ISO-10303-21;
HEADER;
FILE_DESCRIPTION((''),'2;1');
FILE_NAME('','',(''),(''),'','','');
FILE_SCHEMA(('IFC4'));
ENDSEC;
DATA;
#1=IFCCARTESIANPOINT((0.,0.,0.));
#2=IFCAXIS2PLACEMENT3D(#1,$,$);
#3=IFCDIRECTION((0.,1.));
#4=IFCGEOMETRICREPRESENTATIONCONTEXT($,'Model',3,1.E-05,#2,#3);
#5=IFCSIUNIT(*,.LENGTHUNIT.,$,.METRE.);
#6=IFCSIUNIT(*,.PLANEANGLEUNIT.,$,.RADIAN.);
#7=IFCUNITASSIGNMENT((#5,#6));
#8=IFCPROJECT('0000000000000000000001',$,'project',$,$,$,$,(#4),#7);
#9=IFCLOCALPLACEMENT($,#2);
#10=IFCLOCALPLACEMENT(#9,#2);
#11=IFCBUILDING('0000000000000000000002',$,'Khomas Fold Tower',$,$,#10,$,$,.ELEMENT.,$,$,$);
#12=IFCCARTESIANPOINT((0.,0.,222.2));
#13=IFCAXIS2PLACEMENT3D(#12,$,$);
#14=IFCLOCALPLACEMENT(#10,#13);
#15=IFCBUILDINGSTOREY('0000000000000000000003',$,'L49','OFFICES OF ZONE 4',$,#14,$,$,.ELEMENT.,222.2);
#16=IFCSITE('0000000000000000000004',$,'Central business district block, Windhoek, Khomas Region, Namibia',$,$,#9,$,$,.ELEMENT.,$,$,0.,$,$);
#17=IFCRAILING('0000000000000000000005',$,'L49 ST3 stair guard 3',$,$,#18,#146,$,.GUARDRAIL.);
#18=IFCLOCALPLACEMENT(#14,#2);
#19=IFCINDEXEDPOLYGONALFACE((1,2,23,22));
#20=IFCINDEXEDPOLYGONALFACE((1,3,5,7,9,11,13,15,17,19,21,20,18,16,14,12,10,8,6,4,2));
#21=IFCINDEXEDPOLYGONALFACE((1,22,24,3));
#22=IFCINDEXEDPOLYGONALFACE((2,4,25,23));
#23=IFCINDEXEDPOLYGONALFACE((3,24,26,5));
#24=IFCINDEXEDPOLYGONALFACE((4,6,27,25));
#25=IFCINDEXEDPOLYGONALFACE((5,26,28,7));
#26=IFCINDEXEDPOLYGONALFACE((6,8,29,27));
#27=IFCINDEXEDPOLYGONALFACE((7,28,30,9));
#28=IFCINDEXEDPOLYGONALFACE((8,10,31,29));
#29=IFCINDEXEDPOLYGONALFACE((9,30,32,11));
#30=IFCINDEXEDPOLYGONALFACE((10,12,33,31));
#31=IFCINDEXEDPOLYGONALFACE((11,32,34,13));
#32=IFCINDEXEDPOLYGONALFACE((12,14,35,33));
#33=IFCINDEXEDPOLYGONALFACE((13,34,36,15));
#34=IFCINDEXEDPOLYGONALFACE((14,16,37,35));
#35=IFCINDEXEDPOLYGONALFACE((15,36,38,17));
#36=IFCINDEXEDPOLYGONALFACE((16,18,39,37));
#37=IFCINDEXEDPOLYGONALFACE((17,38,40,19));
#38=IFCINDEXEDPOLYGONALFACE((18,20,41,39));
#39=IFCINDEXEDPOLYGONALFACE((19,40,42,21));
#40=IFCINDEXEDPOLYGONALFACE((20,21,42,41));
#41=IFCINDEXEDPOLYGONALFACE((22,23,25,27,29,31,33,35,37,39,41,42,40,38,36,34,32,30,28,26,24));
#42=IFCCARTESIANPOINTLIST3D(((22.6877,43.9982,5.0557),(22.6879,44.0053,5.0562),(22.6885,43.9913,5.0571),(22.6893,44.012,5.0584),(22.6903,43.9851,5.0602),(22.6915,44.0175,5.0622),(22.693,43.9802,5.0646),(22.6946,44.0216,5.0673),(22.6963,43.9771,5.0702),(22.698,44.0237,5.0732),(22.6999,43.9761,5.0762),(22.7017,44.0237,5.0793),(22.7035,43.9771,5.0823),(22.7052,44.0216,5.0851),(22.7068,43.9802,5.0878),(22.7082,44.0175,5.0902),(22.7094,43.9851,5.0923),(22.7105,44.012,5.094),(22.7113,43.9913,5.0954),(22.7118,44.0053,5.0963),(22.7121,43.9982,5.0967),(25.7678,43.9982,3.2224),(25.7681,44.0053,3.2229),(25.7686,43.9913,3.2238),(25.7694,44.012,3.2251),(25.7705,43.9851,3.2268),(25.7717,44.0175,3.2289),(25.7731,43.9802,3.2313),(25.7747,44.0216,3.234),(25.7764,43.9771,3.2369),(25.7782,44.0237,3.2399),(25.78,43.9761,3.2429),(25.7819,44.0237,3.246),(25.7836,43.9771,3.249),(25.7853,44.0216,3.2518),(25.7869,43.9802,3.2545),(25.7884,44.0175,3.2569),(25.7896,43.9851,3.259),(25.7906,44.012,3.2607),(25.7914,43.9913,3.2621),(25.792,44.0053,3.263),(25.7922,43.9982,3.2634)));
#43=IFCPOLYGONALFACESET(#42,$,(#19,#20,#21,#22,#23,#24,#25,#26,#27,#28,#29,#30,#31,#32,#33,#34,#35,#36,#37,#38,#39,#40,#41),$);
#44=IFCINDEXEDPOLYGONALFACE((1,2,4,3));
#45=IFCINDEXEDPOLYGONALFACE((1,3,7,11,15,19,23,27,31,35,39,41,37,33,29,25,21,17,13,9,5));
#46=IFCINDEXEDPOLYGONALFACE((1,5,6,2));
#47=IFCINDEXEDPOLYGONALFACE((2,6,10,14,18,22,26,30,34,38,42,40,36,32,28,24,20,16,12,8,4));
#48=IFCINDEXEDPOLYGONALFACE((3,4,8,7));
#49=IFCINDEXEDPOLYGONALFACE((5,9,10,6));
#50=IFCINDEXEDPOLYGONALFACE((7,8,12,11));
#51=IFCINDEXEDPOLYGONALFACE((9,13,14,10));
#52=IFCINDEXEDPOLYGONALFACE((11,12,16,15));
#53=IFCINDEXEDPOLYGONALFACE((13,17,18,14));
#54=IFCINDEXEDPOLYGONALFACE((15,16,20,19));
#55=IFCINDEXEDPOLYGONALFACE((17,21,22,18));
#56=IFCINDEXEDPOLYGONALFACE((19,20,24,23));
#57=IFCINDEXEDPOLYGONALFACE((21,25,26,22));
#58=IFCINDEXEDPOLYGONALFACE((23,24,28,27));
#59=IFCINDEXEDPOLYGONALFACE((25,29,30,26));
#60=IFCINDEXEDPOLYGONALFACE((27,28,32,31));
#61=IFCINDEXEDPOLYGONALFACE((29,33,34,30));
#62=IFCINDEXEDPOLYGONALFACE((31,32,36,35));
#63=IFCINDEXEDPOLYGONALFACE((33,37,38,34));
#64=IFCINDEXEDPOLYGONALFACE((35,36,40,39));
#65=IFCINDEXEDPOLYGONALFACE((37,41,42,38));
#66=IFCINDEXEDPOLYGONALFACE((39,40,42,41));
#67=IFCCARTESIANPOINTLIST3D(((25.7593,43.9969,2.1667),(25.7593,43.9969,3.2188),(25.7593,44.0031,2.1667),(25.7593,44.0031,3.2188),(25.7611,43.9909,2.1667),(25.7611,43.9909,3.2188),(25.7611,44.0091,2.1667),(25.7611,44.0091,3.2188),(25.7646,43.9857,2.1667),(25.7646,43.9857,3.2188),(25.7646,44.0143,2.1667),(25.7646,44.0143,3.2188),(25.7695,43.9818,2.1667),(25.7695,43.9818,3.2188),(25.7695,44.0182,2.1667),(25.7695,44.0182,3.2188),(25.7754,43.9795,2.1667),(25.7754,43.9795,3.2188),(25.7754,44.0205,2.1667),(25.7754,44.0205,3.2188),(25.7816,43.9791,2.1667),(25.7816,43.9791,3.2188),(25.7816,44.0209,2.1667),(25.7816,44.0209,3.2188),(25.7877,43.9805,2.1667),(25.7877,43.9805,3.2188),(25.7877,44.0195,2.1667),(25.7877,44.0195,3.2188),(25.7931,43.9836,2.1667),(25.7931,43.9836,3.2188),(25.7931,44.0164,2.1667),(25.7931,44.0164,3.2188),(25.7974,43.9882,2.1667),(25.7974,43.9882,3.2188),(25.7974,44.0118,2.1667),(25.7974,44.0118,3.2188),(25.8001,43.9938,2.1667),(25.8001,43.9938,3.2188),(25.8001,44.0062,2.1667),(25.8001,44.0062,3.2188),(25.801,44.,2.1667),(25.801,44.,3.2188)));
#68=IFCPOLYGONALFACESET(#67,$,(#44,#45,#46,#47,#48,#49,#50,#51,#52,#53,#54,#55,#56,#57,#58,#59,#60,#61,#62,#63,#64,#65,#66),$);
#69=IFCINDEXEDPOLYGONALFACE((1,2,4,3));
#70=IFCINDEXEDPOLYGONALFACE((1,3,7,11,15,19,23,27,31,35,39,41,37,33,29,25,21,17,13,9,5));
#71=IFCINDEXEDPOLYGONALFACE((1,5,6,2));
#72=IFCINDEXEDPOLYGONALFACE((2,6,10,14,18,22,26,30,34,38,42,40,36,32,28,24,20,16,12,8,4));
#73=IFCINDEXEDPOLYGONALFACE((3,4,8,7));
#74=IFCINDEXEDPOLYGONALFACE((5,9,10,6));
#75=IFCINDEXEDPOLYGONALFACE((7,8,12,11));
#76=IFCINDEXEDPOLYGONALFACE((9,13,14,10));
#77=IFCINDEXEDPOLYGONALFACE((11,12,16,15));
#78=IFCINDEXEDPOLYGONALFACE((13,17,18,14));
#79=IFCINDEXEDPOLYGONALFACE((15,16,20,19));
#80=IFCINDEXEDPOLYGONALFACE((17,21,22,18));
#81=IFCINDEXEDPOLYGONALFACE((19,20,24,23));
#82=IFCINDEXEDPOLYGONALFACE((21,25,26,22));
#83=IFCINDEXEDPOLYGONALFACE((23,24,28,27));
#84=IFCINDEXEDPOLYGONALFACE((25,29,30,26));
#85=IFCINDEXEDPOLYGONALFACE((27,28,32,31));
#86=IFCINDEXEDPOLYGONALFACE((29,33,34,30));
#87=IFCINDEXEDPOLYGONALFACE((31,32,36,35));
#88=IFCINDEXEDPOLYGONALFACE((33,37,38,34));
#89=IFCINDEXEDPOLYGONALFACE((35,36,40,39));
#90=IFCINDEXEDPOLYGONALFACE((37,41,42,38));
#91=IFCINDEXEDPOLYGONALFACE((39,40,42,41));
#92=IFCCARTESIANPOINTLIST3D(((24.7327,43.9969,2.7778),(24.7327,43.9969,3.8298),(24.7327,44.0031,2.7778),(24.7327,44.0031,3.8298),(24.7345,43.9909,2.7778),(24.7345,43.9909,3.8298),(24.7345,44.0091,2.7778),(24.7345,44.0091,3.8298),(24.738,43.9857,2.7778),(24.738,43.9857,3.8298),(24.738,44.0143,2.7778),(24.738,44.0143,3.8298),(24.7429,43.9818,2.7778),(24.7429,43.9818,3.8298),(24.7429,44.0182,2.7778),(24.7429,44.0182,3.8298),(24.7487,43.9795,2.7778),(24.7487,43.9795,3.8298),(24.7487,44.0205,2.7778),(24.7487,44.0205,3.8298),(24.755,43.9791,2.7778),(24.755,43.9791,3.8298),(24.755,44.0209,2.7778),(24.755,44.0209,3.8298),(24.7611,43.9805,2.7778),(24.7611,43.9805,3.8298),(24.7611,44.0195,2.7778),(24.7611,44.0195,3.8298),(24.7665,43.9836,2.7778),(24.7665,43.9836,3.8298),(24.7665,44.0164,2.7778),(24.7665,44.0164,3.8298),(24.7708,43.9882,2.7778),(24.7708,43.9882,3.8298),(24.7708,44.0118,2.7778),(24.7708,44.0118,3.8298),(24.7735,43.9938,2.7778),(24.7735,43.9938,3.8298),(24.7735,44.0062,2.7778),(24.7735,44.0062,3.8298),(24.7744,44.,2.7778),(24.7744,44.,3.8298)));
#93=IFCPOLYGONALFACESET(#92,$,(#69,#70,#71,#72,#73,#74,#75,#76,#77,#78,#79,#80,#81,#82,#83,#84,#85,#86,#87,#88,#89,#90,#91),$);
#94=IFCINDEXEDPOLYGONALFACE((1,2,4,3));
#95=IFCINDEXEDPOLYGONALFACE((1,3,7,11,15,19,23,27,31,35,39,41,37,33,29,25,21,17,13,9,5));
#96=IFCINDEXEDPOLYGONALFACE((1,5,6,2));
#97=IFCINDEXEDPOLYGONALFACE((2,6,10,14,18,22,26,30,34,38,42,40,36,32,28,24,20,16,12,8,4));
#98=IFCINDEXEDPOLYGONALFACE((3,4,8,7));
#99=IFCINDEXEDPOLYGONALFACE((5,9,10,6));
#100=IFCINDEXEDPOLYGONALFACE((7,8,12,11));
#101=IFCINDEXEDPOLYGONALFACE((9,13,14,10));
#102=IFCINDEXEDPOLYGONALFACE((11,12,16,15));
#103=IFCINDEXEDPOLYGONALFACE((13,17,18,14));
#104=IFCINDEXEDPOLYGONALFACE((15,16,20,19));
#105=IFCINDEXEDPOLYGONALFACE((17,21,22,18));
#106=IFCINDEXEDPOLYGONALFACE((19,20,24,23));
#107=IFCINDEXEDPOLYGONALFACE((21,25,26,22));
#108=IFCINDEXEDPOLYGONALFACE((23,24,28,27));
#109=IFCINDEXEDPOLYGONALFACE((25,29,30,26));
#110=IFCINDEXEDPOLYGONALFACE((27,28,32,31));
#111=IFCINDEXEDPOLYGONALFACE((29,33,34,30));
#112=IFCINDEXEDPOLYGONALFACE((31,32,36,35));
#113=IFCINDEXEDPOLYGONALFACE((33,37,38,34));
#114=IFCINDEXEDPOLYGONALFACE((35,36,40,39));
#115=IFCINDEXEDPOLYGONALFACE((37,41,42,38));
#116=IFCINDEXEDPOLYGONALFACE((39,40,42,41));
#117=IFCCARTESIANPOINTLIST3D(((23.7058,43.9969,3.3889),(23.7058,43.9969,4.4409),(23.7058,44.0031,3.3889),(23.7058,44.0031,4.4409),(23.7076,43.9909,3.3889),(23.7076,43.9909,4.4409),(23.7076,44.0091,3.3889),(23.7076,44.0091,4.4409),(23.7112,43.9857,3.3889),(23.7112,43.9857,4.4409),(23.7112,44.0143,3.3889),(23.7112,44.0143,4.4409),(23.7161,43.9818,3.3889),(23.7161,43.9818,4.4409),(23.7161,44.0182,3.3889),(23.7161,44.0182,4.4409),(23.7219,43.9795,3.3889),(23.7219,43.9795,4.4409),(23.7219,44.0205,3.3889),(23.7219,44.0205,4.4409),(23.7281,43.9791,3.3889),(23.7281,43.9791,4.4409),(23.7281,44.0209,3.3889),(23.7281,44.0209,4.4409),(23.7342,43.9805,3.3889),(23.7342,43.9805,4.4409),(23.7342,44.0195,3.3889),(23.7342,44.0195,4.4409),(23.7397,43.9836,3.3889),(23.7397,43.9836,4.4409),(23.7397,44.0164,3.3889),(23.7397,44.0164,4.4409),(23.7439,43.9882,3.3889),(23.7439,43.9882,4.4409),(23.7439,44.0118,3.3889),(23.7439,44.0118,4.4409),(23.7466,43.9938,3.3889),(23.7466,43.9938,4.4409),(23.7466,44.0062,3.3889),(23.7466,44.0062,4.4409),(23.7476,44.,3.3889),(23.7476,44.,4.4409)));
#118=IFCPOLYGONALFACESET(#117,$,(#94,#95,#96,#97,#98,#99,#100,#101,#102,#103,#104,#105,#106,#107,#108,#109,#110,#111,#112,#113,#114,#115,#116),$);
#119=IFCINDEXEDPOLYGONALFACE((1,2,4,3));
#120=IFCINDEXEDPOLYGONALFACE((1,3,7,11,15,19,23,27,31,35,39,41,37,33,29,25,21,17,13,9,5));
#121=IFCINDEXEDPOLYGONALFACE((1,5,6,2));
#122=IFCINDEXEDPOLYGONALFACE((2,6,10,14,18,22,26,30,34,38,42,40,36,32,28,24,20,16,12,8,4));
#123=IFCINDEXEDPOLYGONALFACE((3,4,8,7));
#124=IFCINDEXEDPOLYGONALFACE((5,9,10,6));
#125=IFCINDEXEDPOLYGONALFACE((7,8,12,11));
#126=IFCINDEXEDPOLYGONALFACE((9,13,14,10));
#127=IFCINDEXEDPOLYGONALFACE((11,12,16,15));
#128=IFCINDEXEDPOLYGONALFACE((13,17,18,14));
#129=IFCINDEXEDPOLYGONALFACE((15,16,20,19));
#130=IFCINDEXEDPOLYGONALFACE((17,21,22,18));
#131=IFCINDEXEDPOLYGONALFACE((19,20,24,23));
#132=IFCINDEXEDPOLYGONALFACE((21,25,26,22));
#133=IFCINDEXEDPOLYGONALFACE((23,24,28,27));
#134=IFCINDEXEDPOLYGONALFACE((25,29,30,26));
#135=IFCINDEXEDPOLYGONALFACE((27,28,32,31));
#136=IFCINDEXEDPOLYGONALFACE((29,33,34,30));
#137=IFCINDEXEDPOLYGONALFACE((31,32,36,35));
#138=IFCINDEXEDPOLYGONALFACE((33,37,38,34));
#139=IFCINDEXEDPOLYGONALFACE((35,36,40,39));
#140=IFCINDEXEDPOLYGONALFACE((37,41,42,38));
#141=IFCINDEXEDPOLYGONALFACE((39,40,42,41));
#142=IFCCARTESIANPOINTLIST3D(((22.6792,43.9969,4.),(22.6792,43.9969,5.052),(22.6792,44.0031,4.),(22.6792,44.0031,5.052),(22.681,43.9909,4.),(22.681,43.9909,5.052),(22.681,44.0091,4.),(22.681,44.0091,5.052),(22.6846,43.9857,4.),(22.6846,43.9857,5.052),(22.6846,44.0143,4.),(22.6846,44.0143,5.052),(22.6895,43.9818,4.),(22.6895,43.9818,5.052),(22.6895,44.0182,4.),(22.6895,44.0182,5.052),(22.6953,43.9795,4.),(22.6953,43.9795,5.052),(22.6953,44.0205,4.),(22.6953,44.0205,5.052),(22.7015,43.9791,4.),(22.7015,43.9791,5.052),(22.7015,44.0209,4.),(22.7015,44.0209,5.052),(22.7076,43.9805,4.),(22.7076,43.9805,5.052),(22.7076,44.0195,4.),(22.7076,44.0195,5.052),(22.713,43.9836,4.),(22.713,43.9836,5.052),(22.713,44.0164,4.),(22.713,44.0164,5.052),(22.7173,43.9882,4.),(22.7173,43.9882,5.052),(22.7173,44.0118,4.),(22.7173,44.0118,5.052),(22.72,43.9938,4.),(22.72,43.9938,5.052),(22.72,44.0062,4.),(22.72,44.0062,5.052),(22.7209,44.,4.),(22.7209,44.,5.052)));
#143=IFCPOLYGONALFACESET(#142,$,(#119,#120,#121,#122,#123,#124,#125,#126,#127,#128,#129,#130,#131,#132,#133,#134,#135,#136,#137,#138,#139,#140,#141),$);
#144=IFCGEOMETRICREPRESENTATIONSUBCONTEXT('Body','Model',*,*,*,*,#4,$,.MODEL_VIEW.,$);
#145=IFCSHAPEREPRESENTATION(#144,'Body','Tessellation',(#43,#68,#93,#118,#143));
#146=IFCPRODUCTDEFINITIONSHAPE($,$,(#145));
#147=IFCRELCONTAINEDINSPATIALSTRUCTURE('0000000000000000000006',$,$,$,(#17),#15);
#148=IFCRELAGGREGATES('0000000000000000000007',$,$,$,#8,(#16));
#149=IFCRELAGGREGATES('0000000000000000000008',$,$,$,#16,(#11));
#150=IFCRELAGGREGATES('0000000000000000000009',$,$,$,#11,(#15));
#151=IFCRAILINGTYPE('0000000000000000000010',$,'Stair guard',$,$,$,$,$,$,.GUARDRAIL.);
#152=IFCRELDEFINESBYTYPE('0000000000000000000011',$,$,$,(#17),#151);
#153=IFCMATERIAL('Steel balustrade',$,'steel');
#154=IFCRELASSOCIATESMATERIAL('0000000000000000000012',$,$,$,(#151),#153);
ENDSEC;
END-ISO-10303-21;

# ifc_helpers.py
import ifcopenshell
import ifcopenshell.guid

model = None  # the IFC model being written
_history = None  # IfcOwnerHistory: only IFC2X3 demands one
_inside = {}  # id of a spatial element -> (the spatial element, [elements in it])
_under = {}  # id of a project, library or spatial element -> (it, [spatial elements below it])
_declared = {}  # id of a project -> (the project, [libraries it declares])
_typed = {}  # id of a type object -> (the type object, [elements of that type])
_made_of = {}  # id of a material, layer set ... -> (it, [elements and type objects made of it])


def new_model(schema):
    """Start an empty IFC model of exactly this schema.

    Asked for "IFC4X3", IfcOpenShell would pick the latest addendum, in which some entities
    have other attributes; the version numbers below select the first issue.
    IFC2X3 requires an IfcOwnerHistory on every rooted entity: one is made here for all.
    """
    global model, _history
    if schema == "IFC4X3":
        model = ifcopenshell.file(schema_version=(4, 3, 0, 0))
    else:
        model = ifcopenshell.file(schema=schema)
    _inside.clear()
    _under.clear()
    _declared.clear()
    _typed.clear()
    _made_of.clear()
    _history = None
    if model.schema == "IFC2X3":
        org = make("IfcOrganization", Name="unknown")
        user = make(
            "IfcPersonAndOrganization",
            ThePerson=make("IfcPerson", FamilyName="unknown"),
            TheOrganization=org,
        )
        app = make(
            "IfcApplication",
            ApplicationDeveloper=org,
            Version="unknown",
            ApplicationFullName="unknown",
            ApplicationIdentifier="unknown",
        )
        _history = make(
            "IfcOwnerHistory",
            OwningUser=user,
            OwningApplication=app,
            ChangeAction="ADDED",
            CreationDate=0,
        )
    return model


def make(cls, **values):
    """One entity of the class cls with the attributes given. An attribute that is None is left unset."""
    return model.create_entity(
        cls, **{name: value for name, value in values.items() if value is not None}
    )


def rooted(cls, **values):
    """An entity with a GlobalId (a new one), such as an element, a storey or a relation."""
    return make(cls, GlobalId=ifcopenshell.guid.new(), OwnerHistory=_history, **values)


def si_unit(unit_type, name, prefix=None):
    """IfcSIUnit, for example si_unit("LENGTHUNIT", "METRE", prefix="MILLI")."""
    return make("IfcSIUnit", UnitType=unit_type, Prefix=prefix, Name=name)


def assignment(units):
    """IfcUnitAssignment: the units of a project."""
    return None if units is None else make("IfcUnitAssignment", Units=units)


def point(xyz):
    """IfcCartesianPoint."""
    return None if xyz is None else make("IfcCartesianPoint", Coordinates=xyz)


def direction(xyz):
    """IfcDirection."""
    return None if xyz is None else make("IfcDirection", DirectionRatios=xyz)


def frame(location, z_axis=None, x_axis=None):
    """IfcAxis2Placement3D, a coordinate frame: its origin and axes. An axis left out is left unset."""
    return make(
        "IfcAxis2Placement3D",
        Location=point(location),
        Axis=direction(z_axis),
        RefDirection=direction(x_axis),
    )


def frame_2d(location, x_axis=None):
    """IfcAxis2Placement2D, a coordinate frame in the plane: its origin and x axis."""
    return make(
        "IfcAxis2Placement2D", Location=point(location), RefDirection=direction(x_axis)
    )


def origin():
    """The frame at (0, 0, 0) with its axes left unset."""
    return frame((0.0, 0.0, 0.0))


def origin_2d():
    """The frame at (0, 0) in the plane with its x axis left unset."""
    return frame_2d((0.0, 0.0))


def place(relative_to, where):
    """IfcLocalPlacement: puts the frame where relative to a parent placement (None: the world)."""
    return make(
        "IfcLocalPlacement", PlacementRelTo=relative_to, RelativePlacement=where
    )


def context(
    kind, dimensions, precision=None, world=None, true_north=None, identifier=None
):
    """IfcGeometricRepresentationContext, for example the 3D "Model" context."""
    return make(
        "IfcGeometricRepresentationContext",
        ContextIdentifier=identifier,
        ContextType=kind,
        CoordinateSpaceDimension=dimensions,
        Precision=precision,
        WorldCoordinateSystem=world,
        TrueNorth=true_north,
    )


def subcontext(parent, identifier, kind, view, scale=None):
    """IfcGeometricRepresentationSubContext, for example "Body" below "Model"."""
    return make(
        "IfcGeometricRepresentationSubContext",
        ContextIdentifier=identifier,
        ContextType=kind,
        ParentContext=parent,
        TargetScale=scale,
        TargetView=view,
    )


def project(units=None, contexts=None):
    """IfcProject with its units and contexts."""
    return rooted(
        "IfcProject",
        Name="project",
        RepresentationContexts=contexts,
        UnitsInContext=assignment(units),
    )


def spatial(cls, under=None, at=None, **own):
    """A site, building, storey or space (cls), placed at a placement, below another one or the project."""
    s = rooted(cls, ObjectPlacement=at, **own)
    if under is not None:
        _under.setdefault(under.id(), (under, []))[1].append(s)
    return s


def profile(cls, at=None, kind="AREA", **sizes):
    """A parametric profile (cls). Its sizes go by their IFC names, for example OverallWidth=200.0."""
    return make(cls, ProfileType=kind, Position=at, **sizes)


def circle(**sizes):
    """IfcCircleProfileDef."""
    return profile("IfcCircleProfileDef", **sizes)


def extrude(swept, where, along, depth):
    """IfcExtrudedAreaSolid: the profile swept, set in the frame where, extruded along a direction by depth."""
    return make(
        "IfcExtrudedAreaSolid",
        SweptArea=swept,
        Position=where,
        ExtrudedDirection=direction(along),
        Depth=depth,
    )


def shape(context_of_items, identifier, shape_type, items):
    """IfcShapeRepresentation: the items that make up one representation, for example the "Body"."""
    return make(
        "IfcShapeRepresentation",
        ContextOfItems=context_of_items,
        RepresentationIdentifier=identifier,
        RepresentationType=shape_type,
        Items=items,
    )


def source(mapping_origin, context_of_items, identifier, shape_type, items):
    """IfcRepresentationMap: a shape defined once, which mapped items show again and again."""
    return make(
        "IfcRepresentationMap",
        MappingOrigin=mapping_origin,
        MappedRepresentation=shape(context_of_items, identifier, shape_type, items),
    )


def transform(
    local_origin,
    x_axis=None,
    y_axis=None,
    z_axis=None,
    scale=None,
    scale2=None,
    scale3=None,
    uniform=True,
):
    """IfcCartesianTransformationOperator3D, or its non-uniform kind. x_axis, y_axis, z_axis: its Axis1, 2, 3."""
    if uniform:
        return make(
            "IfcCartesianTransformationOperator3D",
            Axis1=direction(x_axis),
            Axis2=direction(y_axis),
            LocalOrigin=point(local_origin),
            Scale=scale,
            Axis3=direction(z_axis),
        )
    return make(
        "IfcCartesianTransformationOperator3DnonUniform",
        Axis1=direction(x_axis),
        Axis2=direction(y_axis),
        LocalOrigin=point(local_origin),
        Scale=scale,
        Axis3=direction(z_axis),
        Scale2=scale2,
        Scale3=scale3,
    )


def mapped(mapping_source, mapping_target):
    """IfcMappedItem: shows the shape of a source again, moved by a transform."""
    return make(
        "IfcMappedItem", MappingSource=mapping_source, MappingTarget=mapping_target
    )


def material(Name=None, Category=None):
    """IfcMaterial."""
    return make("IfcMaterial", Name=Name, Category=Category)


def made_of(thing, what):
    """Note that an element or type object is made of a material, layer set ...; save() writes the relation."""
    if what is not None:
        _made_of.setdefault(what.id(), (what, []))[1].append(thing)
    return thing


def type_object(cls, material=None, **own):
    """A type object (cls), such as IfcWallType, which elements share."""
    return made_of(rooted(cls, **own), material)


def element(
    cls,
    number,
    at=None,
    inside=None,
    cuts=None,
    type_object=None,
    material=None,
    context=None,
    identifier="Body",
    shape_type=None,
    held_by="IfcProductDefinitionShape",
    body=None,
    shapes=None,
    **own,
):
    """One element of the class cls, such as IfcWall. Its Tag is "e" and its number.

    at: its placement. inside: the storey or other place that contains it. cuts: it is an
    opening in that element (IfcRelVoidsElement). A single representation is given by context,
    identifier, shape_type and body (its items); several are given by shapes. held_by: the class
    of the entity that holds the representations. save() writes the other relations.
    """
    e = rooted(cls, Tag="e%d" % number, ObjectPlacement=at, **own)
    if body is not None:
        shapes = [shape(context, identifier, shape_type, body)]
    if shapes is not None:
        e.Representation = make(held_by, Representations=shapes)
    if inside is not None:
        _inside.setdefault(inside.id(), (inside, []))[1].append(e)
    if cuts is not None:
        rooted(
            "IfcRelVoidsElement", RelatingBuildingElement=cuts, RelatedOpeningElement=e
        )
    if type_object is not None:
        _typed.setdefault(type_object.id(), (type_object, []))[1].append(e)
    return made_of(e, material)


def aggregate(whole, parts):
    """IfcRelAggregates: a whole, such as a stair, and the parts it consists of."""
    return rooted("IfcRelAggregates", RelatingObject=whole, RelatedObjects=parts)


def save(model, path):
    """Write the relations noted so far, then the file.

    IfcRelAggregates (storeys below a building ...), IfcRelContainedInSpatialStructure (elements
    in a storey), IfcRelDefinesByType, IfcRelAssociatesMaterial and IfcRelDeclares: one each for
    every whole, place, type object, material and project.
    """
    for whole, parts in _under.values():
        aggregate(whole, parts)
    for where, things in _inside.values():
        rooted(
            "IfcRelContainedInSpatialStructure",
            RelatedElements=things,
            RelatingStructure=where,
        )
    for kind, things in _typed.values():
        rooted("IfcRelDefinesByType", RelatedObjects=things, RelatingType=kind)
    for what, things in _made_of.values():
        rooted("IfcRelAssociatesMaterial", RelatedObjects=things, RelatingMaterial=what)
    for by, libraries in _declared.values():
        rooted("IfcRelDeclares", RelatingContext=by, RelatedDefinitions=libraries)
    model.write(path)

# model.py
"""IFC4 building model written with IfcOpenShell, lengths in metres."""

from ifc_helpers import new_model, si_unit, direction, frame, origin, origin_2d, place, context, subcontext, project, spatial, circle, extrude, source, transform, mapped, material, type_object, element, save


model = new_model("IFC4")

# Units and contexts
model_context = context("Model", 3, precision=1e-05, world=origin(), true_north=direction((0.0, 1.0)))
body_context = subcontext(model_context, "Body", "Model", "MODEL_VIEW")
ifc_project = project(units=[si_unit("LENGTHUNIT", "METRE"), si_unit("PLANEANGLEUNIT", "RADIAN")], contexts=[model_context])

# Site, building, storey
site_placement = place(None, origin())
site = spatial("IfcSite", under=ifc_project, at=site_placement, Name="Central business district block, Windhoek, Khomas Region, Namibia", CompositionType="ELEMENT", RefElevation=0.0)
building_placement = place(site_placement, origin())
building = spatial("IfcBuilding", under=site, at=building_placement, Name="Khomas Fold Tower", CompositionType="ELEMENT")
storey_placement = place(building_placement, frame((0.0, 0.0, 222.2)))
storey = spatial("IfcBuildingStorey", under=building, at=storey_placement, Name="L49", Description="OFFICES OF ZONE 4", CompositionType="ELEMENT", Elevation=222.2)

# Railing
ifc_material_1 = material(Name="Steel balustrade", Category="steel")
railing_type_1 = type_object("IfcRailingType", Name="Stair guard", PredefinedType="GUARDRAIL", material=ifc_material_1)
shared_shape_1 = source(origin(), body_context, "Body", "SweptSolid", [
    extrude(circle(Radius=0.0239, at=origin_2d()), frame((0.0, 0.0, 1.0762), z_axis=(-0.859309, 0.0, 0.511458), x_axis=(0.0, -1.0, 0.0)), (0.0, 0.0, 1.0), 3.5845),
    extrude(circle(Radius=0.021, at=origin_2d()), origin(), (0.0, 0.0, 1.0), 1.052),
    extrude(circle(Radius=0.021, at=origin_2d()), frame((-1.0266, 0.0, 0.6111)), (0.0, 0.0, 1.0), 1.052),
    extrude(circle(Radius=0.021, at=origin_2d()), frame((-2.0535, 0.0, 1.2222)), (0.0, 0.0, 1.0), 1.052),
    extrude(circle(Radius=0.021, at=origin_2d()), frame((-3.0801, 0.0, 1.8333)), (0.0, 0.0, 1.0), 1.052),
])
railing_1_placement = place(storey_placement, frame((25.78, 44.0, 2.1667)))
element("IfcRailing", 1, at=railing_1_placement, inside=storey, type_object=railing_type_1, Name="L49 ST3 stair guard 3", PredefinedType="GUARDRAIL", context=body_context, shape_type="MappedRepresentation", body=[
    mapped(shared_shape_1, transform((0.0, 0.0, 0.0))),
])

save(model, "model.ifc")
